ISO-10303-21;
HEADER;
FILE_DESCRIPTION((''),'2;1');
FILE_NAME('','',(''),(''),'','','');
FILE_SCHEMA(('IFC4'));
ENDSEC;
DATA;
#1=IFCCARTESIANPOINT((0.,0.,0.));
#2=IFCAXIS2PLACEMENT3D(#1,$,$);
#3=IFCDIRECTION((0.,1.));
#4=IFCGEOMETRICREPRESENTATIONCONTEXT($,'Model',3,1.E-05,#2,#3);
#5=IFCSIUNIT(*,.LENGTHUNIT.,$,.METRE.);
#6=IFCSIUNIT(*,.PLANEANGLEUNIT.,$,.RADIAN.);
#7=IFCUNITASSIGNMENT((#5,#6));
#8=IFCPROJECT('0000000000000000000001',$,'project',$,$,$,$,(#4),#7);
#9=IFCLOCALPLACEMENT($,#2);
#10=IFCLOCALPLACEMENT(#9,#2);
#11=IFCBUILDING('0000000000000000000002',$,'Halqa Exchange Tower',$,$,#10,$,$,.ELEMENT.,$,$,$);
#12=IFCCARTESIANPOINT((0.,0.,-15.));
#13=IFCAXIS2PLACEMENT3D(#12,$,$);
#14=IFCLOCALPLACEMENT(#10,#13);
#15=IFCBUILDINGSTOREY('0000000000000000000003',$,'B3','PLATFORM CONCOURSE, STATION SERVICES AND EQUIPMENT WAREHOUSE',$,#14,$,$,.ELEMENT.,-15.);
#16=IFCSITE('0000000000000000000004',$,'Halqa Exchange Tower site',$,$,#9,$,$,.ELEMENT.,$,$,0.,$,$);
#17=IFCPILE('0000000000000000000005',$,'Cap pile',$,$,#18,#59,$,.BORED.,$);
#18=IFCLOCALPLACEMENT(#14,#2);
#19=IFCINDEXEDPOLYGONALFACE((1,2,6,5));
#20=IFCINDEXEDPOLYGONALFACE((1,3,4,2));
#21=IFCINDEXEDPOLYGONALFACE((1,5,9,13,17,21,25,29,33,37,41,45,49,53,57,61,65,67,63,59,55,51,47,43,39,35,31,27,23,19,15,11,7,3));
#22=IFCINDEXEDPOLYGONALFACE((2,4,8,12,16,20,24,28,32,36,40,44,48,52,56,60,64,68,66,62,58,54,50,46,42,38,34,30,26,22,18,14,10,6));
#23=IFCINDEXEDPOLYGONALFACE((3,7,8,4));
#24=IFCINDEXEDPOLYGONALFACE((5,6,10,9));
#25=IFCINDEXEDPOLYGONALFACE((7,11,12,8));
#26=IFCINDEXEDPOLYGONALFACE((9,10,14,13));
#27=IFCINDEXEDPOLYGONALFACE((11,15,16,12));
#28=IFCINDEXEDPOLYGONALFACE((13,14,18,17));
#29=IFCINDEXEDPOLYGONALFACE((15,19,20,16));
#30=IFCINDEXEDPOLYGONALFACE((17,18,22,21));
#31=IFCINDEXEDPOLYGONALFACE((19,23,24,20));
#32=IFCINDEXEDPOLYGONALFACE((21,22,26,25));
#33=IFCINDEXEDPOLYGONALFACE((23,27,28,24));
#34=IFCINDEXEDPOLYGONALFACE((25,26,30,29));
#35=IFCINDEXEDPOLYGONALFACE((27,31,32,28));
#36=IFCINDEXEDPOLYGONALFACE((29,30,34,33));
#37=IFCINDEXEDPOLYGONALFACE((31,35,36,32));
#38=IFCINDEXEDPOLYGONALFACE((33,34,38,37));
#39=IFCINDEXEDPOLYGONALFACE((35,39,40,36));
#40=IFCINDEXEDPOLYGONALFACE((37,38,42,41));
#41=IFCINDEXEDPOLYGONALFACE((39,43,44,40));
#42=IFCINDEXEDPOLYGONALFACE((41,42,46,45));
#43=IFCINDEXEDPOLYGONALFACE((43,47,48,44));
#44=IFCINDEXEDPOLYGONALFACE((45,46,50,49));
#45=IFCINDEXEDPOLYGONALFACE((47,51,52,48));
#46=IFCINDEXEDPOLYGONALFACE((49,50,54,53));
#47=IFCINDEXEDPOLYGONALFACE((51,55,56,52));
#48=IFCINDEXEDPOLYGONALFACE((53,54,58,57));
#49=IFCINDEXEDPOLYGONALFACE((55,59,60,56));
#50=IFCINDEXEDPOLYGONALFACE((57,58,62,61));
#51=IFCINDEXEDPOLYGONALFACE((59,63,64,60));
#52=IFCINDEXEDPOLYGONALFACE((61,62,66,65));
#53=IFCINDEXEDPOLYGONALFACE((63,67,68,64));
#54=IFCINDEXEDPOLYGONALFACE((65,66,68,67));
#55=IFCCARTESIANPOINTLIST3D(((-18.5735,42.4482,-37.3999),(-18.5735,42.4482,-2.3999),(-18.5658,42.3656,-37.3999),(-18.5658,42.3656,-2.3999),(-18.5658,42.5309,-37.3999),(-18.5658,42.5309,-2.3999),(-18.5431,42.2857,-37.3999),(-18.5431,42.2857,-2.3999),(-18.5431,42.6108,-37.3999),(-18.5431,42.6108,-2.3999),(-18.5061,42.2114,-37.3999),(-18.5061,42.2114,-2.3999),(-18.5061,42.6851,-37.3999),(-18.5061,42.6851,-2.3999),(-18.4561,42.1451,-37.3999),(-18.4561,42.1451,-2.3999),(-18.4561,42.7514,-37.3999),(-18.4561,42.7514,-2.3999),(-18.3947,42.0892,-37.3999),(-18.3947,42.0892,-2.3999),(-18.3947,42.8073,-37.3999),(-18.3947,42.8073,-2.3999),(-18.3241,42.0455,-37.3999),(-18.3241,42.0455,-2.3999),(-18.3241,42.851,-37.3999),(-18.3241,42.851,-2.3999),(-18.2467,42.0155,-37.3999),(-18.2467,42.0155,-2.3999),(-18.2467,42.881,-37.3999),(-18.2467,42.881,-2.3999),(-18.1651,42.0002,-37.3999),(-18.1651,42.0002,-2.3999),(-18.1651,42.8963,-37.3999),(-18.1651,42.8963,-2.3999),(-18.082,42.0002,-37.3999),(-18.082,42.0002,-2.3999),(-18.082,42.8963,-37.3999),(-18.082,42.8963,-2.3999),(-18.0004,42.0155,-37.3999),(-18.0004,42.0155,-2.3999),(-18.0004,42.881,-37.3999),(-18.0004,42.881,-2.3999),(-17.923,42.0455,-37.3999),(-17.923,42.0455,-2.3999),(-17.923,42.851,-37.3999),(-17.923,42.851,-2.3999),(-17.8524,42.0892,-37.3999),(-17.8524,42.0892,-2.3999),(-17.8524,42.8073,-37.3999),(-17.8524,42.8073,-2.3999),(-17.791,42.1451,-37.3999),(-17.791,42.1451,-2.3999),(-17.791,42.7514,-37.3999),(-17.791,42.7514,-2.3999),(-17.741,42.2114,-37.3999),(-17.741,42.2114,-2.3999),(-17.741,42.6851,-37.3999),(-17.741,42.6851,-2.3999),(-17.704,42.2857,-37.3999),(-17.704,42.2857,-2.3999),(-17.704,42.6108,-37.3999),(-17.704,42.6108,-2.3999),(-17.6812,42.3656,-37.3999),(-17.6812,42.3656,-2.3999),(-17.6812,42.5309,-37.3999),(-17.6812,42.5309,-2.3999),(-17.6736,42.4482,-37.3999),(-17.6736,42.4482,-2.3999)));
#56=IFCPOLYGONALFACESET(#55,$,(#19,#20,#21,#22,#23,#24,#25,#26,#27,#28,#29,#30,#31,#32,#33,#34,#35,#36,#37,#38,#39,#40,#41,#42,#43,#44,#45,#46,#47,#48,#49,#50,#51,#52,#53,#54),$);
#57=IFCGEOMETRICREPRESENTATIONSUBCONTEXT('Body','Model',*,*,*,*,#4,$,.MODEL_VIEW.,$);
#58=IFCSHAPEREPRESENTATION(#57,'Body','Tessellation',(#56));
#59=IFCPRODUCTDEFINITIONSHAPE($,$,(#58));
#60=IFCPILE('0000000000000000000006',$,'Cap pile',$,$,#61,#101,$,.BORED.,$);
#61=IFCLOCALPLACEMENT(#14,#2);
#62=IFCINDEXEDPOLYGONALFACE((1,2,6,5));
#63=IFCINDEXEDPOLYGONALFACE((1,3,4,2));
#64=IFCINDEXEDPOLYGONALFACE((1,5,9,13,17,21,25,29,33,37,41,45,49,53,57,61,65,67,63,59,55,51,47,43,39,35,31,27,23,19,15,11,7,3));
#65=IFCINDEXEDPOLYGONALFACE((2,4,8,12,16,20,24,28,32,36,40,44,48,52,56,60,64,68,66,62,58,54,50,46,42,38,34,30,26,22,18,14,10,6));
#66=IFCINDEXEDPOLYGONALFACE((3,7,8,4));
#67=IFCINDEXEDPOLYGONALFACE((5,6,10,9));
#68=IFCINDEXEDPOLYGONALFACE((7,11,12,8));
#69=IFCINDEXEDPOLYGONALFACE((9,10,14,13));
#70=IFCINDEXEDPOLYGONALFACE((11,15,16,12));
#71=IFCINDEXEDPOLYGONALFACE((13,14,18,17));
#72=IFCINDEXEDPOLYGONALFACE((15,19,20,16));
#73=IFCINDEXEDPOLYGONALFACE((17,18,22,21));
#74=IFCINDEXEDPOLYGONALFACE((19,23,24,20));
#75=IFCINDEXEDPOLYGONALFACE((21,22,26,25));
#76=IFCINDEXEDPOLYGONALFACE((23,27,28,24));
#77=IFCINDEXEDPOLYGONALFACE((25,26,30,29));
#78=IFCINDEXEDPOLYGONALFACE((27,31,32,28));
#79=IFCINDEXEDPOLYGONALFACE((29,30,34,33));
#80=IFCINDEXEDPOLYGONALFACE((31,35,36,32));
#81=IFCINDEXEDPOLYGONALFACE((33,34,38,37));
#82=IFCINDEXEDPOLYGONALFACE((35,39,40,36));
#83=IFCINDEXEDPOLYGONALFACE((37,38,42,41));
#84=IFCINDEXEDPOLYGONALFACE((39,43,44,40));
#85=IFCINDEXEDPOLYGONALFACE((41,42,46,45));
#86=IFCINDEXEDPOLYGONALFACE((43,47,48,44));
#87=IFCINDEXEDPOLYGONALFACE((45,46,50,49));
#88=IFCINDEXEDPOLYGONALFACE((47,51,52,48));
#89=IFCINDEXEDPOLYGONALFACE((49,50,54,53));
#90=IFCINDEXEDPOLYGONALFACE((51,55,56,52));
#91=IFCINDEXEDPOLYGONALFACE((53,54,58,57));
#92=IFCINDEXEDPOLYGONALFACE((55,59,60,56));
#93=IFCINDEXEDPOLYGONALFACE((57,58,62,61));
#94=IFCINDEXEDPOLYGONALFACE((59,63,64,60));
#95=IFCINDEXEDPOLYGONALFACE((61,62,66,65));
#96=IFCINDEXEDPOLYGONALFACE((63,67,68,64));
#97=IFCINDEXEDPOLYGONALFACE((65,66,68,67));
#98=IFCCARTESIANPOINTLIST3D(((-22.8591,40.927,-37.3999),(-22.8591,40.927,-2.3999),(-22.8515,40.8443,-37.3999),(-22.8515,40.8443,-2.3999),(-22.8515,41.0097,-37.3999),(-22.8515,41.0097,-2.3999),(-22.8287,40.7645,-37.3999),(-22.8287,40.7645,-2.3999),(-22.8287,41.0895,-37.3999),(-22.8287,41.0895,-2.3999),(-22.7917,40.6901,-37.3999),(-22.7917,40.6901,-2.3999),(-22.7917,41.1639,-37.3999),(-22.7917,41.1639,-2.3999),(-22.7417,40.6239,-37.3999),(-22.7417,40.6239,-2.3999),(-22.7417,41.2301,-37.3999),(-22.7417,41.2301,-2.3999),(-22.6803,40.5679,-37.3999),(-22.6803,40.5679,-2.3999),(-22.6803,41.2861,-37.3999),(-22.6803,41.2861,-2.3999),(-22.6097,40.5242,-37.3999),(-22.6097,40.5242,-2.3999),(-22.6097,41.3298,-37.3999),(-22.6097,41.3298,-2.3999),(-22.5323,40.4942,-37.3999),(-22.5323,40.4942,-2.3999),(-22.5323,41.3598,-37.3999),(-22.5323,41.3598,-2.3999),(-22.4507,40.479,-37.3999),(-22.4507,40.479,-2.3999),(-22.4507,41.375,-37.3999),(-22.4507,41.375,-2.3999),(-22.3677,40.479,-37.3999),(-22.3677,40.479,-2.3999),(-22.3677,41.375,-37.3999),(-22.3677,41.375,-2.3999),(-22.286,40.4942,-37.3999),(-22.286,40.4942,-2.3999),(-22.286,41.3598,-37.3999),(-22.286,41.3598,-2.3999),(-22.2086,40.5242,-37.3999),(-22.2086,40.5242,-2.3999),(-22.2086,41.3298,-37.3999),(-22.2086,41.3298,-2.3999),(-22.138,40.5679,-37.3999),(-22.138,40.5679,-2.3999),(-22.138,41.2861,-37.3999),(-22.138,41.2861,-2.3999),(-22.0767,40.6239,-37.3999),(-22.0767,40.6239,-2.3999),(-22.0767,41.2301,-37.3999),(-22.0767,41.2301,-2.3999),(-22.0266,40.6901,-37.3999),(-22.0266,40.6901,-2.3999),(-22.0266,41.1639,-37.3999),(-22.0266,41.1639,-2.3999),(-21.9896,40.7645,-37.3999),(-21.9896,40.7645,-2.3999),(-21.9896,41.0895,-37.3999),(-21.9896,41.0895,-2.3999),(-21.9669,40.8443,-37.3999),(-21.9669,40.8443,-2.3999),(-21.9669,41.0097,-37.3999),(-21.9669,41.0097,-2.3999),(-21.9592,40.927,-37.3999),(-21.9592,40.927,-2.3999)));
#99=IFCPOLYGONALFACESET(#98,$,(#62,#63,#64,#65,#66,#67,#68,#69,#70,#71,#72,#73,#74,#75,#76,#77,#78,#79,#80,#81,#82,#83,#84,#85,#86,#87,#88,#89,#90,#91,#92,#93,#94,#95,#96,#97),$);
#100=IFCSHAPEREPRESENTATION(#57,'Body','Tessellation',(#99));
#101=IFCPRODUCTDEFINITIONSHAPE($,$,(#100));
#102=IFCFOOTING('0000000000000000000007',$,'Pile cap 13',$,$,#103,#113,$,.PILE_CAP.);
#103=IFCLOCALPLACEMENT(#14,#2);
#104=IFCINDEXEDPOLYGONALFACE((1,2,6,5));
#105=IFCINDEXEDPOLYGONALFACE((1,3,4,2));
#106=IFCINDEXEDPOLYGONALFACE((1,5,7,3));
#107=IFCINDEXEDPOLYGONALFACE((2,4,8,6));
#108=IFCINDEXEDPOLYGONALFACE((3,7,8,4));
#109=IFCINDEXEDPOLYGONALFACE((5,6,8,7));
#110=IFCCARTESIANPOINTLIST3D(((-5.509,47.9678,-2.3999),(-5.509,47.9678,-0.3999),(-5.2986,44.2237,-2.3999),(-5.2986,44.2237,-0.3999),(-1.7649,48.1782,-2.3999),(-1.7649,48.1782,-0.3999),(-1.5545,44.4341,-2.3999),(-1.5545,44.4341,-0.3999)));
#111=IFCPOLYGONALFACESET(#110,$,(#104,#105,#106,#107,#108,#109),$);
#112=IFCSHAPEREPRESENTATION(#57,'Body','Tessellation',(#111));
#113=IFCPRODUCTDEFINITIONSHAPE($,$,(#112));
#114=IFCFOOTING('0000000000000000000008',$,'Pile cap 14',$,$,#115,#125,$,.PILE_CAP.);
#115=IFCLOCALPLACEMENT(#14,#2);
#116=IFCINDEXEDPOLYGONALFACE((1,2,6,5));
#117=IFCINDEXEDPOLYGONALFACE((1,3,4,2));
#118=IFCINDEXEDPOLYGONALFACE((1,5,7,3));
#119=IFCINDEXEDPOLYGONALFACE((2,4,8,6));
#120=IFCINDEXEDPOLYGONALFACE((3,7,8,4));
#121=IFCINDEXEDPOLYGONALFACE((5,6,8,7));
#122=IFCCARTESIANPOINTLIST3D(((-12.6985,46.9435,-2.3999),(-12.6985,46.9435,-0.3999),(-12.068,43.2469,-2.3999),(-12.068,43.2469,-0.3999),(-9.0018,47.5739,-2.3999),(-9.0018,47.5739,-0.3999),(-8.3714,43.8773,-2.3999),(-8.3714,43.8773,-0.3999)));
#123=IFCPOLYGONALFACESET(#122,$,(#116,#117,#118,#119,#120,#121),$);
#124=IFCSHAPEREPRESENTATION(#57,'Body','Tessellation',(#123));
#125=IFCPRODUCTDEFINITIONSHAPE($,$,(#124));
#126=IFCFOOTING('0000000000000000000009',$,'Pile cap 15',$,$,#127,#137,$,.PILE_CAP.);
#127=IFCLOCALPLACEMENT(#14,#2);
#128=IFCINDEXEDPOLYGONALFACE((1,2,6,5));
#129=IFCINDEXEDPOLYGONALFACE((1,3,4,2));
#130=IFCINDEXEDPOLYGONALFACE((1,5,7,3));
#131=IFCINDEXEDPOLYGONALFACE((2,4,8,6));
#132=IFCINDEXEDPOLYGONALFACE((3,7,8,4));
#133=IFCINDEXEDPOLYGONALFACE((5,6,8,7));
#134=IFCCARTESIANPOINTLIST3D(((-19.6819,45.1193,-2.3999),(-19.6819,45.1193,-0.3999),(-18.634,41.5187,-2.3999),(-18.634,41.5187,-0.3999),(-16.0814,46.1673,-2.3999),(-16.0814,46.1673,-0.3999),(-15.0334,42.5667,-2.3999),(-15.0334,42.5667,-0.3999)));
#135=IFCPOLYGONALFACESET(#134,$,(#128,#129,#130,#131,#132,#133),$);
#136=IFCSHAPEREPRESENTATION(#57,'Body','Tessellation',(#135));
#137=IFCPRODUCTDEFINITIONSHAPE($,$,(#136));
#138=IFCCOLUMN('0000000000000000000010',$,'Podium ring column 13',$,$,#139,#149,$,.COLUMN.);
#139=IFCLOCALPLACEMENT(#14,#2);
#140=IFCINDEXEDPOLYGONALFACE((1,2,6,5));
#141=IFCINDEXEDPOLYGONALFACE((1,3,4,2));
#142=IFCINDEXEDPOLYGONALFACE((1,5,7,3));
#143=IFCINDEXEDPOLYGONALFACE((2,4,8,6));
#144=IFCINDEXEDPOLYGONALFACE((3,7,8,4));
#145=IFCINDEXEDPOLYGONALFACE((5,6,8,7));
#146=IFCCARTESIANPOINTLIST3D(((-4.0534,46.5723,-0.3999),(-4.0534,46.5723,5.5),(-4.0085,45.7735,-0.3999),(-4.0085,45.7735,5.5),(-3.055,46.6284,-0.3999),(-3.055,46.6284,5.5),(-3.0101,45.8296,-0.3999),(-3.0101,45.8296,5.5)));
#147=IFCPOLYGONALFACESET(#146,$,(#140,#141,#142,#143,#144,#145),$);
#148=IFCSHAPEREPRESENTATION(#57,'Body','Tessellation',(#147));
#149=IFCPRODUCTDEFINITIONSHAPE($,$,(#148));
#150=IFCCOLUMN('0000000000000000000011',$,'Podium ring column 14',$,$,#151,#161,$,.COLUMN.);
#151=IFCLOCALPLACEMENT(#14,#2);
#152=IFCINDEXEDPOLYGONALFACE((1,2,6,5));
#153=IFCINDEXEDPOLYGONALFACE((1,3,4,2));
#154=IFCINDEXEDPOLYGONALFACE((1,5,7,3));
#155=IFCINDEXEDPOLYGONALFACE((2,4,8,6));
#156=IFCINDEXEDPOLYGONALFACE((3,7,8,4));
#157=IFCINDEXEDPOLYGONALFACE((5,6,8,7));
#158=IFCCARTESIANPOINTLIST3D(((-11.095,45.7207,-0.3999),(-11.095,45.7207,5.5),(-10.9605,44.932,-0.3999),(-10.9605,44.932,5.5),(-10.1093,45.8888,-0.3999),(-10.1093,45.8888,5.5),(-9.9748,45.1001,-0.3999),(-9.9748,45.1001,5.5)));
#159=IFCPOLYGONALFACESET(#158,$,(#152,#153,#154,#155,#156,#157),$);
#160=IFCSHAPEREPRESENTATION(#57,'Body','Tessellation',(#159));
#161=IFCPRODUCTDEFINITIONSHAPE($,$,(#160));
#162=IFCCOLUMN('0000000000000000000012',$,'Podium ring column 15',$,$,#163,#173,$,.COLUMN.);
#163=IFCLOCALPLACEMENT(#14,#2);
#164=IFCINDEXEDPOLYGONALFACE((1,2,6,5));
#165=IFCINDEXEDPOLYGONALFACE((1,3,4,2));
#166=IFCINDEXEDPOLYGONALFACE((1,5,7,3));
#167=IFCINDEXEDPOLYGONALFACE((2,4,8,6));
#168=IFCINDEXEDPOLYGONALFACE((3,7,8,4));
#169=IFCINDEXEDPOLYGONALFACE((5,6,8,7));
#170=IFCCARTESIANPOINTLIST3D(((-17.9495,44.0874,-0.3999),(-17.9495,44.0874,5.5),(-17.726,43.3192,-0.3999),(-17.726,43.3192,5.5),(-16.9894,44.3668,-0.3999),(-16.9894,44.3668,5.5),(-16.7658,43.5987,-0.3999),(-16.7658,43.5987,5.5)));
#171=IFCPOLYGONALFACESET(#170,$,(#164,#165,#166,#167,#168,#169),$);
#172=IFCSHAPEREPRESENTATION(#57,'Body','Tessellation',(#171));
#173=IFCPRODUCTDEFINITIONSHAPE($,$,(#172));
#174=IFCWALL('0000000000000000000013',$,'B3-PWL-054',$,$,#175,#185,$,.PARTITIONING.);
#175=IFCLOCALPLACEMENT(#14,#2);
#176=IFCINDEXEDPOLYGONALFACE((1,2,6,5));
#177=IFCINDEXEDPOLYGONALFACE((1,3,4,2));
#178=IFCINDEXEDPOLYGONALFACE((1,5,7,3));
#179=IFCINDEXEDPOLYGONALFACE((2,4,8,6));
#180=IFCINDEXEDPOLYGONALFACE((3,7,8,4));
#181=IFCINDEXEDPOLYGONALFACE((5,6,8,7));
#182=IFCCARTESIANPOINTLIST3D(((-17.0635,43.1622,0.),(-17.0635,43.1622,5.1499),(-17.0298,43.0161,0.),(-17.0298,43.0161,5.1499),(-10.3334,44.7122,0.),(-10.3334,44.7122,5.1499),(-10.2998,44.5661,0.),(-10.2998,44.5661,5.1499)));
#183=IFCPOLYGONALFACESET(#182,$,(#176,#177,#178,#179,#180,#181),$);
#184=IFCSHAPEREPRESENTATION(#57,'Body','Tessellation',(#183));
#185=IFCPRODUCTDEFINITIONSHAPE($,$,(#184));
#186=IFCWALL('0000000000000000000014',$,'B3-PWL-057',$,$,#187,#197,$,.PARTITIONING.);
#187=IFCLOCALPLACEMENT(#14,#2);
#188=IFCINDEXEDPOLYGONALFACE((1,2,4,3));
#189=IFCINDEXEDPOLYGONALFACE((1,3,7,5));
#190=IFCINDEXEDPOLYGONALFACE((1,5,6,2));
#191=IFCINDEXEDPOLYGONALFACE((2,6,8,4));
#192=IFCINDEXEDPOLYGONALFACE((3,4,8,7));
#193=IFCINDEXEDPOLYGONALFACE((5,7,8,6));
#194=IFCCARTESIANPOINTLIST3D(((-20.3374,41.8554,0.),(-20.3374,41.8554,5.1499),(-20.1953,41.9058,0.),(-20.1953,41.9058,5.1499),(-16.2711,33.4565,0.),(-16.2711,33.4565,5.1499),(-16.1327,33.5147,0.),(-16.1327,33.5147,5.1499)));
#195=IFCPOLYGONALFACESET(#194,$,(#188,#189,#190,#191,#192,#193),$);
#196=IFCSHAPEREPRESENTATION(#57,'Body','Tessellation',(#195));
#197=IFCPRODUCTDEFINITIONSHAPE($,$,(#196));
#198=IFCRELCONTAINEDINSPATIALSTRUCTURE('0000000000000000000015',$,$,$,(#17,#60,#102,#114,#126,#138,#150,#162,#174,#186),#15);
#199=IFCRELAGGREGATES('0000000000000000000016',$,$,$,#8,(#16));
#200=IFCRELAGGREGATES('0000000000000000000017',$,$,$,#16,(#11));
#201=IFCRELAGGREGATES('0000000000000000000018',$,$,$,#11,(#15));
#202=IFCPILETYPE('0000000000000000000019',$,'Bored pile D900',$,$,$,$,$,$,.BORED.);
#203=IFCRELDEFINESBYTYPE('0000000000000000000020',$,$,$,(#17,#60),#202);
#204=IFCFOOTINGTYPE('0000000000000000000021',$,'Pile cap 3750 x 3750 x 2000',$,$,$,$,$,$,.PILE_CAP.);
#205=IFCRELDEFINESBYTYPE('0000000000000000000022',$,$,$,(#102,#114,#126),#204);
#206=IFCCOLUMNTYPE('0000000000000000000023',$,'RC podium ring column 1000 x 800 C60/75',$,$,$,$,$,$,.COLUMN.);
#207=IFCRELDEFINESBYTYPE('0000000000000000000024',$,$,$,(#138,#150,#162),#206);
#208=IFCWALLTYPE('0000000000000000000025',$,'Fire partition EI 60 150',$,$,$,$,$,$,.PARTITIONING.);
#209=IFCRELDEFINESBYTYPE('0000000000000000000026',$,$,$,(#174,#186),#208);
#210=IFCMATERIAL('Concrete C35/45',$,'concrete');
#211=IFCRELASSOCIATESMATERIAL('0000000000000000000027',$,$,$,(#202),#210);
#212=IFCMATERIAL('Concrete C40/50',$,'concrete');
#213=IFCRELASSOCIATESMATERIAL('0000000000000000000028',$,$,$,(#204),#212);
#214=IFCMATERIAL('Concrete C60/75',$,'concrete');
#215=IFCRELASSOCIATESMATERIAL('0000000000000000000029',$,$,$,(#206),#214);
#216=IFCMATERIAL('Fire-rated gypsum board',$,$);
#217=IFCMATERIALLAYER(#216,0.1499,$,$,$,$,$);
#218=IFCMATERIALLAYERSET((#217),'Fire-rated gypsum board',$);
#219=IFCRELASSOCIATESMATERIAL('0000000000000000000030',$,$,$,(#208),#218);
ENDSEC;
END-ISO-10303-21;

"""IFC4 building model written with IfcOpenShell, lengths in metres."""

from ifc_helpers import new_model, si_unit, direction, frame, frame_2d, origin, origin_2d, place, context, subcontext, project, spatial, polyline, rectangle, circle, outline, extrude, material, layer, layer_set, material_profile, profile_set, type_object, element, save


model = new_model("IFC4")

# Units and contexts
model_context = context("Model", 3, precision=1e-05, world=origin(), true_north=direction((0.0, 1.0)))
body_context = subcontext(model_context, "Body", "Model", "MODEL_VIEW")
ifc_project = project(units=[si_unit("LENGTHUNIT", "METRE"), si_unit("PLANEANGLEUNIT", "RADIAN")], contexts=[model_context])

# Site, building, storey
site_placement = place(None, origin())
site = spatial("IfcSite", under=ifc_project, at=site_placement, Name="Halqa Exchange Tower site", CompositionType="ELEMENT", RefElevation=0.0)
building_placement = place(site_placement, origin())
building = spatial("IfcBuilding", under=site, at=building_placement, Name="Halqa Exchange Tower", CompositionType="ELEMENT")
storey_placement = place(building_placement, frame((0.0, 0.0, -15.0)))
storey = spatial("IfcBuildingStorey", under=building, at=storey_placement, Name="B3", Description="PLATFORM CONCOURSE, STATION SERVICES AND EQUIPMENT WAREHOUSE", CompositionType="ELEMENT", Elevation=-15.0)

# Piles
ifc_material_1 = material(Name="Concrete C35/45", Category="concrete")
ifc_material_profile_1 = material_profile(ifc_material_1, circle(Radius=0.45, at=origin_2d()), Name="D900")
ifc_profile_set_1 = profile_set([ifc_material_profile_1], Name="Concrete C35/45")
pile_type_1 = type_object("IfcPileType", Name="Bored pile D900", PredefinedType="BORED", material=ifc_profile_set_1)
for number, where, z_axis, x_axis, name in (
    (1, (-18.1235, 42.4482, -2.3999), (0.0, 0.0, -1.0), (1.0, 0.0, 0.0), "Cap pile"),
    (2, (-22.4092, 40.927, -2.3999), (0.0, 0.0, -1.0), (1.0, 0.0, 0.0), "Cap pile"),
):
    element("IfcPile", number, at=place(storey_placement, frame(where, z_axis=z_axis, x_axis=x_axis)), inside=storey, type_object=pile_type_1, Name=name, PredefinedType="BORED", context=body_context, shape_type="SweptSolid", body=[
        extrude(circle(Radius=0.45, at=origin_2d()), origin(), (0.0, 0.0, 1.0), 35.0),
    ])

# Footings
ifc_material_2 = material(Name="Concrete C40/50", Category="concrete")
footing_type = type_object("IfcFootingType", Name="Pile cap 3750 x 3750 x 2000", PredefinedType="PILE_CAP", material=ifc_material_2)
for number, where, z_axis, x_axis, name in (
    (3, (-3.5317, 46.2009, -2.3999), (0.0, 0.0, 1.0), (-0.998425, -0.056107, 0.0), "Pile cap 13"),
    (4, (-10.5349, 45.4104, -2.3999), (0.0, 0.0, 1.0), (-0.985766, -0.168121, 0.0), "Pile cap 14"),
    (5, (-17.3577, 43.843, -2.3999), (0.0, 0.0, 1.0), (-0.960158, -0.279459, 0.0), "Pile cap 15"),
):
    element("IfcFooting", number, at=place(storey_placement, frame(where, z_axis=z_axis, x_axis=x_axis)), inside=storey, type_object=footing_type, Name=name, PredefinedType="PILE_CAP", context=body_context, shape_type="SweptSolid", body=[
        extrude(rectangle(XDim=3.75, YDim=3.75, at=origin_2d()), origin(), (0.0, 0.0, 1.0), 2.0),
    ])

# Columns
ifc_material_3 = material(Name="Concrete C60/75", Category="concrete")
ifc_material_profile_2 = material_profile(ifc_material_3, rectangle(XDim=1.0, YDim=0.8, at=origin_2d()), Name="1000 x 800")
ifc_profile_set_2 = profile_set([ifc_material_profile_2], Name="Concrete C60/75")
column_type = type_object("IfcColumnType", Name="RC podium ring column 1000 x 800 C60/75", PredefinedType="COLUMN", material=ifc_profile_set_2)
for number, where, z_axis, x_axis, name in (
    (6, (-3.5317, 46.2009, -0.3999), (0.0, 0.0, 1.0), (-0.998425, -0.056107, 0.0), "Podium ring column 13"),
    (7, (-10.5349, 45.4104, -0.3999), (0.0, 0.0, 1.0), (-0.985766, -0.168121, 0.0), "Podium ring column 14"),
    (8, (-17.3577, 43.843, -0.3999), (0.0, 0.0, 1.0), (-0.960158, -0.279459, 0.0), "Podium ring column 15"),
):
    element("IfcColumn", number, at=place(storey_placement, frame(where, z_axis=z_axis, x_axis=x_axis)), inside=storey, type_object=column_type, Name=name, PredefinedType="COLUMN", context=body_context, shape_type="SweptSolid", body=[
        extrude(rectangle(XDim=1.0, YDim=0.8, at=origin_2d()), origin(), (0.0, 0.0, 1.0), 5.8999),
    ])

# Walls
ifc_material_4 = material(Name="Fire-rated gypsum board")
ifc_layer_1 = layer(ifc_material_4, 0.1499)
ifc_layer_set_1 = layer_set([ifc_layer_1], Name="Fire-rated gypsum board")
wall_type_1 = type_object("IfcWallType", Name="Fire partition EI 60 150", PredefinedType="PARTITIONING", material=ifc_layer_set_1)
wall_1_placement = place(storey_placement, frame((-17.0466, 43.0891, 0.0), z_axis=(0.0, 0.0, 1.0), x_axis=(0.974487, 0.224444, 0.0)))
element("IfcWall", 9, at=wall_1_placement, inside=storey, type_object=wall_type_1, Name="B3-PWL-054", PredefinedType="PARTITIONING", context=body_context, shape_type="SweptSolid", body=[
    extrude(rectangle(XDim=6.9062, YDim=0.1499, at=frame_2d((3.4531, 0.0))), origin(), (0.0, 0.0, 1.0), 5.1499),
])
wall_2_placement = place(storey_placement, frame((-16.2019, 33.4856, 0.0), z_axis=(0.0, 0.0, 1.0), x_axis=(-0.435765, 0.900061, 0.0)))
element("IfcWall", 10, at=wall_2_placement, inside=storey, type_object=wall_type_1, Name="B3-PWL-057", PredefinedType="PARTITIONING", context=body_context, shape_type="SweptSolid", body=[
    extrude(outline(polyline([(-0.0039, -0.075), (9.3188, -0.075), (9.3354, 0.075), (0.0039, 0.075), (-0.0039, -0.075)])), origin(), (0.0, 0.0, 1.0), 5.1499),
])

save(model, "model.ifc")
